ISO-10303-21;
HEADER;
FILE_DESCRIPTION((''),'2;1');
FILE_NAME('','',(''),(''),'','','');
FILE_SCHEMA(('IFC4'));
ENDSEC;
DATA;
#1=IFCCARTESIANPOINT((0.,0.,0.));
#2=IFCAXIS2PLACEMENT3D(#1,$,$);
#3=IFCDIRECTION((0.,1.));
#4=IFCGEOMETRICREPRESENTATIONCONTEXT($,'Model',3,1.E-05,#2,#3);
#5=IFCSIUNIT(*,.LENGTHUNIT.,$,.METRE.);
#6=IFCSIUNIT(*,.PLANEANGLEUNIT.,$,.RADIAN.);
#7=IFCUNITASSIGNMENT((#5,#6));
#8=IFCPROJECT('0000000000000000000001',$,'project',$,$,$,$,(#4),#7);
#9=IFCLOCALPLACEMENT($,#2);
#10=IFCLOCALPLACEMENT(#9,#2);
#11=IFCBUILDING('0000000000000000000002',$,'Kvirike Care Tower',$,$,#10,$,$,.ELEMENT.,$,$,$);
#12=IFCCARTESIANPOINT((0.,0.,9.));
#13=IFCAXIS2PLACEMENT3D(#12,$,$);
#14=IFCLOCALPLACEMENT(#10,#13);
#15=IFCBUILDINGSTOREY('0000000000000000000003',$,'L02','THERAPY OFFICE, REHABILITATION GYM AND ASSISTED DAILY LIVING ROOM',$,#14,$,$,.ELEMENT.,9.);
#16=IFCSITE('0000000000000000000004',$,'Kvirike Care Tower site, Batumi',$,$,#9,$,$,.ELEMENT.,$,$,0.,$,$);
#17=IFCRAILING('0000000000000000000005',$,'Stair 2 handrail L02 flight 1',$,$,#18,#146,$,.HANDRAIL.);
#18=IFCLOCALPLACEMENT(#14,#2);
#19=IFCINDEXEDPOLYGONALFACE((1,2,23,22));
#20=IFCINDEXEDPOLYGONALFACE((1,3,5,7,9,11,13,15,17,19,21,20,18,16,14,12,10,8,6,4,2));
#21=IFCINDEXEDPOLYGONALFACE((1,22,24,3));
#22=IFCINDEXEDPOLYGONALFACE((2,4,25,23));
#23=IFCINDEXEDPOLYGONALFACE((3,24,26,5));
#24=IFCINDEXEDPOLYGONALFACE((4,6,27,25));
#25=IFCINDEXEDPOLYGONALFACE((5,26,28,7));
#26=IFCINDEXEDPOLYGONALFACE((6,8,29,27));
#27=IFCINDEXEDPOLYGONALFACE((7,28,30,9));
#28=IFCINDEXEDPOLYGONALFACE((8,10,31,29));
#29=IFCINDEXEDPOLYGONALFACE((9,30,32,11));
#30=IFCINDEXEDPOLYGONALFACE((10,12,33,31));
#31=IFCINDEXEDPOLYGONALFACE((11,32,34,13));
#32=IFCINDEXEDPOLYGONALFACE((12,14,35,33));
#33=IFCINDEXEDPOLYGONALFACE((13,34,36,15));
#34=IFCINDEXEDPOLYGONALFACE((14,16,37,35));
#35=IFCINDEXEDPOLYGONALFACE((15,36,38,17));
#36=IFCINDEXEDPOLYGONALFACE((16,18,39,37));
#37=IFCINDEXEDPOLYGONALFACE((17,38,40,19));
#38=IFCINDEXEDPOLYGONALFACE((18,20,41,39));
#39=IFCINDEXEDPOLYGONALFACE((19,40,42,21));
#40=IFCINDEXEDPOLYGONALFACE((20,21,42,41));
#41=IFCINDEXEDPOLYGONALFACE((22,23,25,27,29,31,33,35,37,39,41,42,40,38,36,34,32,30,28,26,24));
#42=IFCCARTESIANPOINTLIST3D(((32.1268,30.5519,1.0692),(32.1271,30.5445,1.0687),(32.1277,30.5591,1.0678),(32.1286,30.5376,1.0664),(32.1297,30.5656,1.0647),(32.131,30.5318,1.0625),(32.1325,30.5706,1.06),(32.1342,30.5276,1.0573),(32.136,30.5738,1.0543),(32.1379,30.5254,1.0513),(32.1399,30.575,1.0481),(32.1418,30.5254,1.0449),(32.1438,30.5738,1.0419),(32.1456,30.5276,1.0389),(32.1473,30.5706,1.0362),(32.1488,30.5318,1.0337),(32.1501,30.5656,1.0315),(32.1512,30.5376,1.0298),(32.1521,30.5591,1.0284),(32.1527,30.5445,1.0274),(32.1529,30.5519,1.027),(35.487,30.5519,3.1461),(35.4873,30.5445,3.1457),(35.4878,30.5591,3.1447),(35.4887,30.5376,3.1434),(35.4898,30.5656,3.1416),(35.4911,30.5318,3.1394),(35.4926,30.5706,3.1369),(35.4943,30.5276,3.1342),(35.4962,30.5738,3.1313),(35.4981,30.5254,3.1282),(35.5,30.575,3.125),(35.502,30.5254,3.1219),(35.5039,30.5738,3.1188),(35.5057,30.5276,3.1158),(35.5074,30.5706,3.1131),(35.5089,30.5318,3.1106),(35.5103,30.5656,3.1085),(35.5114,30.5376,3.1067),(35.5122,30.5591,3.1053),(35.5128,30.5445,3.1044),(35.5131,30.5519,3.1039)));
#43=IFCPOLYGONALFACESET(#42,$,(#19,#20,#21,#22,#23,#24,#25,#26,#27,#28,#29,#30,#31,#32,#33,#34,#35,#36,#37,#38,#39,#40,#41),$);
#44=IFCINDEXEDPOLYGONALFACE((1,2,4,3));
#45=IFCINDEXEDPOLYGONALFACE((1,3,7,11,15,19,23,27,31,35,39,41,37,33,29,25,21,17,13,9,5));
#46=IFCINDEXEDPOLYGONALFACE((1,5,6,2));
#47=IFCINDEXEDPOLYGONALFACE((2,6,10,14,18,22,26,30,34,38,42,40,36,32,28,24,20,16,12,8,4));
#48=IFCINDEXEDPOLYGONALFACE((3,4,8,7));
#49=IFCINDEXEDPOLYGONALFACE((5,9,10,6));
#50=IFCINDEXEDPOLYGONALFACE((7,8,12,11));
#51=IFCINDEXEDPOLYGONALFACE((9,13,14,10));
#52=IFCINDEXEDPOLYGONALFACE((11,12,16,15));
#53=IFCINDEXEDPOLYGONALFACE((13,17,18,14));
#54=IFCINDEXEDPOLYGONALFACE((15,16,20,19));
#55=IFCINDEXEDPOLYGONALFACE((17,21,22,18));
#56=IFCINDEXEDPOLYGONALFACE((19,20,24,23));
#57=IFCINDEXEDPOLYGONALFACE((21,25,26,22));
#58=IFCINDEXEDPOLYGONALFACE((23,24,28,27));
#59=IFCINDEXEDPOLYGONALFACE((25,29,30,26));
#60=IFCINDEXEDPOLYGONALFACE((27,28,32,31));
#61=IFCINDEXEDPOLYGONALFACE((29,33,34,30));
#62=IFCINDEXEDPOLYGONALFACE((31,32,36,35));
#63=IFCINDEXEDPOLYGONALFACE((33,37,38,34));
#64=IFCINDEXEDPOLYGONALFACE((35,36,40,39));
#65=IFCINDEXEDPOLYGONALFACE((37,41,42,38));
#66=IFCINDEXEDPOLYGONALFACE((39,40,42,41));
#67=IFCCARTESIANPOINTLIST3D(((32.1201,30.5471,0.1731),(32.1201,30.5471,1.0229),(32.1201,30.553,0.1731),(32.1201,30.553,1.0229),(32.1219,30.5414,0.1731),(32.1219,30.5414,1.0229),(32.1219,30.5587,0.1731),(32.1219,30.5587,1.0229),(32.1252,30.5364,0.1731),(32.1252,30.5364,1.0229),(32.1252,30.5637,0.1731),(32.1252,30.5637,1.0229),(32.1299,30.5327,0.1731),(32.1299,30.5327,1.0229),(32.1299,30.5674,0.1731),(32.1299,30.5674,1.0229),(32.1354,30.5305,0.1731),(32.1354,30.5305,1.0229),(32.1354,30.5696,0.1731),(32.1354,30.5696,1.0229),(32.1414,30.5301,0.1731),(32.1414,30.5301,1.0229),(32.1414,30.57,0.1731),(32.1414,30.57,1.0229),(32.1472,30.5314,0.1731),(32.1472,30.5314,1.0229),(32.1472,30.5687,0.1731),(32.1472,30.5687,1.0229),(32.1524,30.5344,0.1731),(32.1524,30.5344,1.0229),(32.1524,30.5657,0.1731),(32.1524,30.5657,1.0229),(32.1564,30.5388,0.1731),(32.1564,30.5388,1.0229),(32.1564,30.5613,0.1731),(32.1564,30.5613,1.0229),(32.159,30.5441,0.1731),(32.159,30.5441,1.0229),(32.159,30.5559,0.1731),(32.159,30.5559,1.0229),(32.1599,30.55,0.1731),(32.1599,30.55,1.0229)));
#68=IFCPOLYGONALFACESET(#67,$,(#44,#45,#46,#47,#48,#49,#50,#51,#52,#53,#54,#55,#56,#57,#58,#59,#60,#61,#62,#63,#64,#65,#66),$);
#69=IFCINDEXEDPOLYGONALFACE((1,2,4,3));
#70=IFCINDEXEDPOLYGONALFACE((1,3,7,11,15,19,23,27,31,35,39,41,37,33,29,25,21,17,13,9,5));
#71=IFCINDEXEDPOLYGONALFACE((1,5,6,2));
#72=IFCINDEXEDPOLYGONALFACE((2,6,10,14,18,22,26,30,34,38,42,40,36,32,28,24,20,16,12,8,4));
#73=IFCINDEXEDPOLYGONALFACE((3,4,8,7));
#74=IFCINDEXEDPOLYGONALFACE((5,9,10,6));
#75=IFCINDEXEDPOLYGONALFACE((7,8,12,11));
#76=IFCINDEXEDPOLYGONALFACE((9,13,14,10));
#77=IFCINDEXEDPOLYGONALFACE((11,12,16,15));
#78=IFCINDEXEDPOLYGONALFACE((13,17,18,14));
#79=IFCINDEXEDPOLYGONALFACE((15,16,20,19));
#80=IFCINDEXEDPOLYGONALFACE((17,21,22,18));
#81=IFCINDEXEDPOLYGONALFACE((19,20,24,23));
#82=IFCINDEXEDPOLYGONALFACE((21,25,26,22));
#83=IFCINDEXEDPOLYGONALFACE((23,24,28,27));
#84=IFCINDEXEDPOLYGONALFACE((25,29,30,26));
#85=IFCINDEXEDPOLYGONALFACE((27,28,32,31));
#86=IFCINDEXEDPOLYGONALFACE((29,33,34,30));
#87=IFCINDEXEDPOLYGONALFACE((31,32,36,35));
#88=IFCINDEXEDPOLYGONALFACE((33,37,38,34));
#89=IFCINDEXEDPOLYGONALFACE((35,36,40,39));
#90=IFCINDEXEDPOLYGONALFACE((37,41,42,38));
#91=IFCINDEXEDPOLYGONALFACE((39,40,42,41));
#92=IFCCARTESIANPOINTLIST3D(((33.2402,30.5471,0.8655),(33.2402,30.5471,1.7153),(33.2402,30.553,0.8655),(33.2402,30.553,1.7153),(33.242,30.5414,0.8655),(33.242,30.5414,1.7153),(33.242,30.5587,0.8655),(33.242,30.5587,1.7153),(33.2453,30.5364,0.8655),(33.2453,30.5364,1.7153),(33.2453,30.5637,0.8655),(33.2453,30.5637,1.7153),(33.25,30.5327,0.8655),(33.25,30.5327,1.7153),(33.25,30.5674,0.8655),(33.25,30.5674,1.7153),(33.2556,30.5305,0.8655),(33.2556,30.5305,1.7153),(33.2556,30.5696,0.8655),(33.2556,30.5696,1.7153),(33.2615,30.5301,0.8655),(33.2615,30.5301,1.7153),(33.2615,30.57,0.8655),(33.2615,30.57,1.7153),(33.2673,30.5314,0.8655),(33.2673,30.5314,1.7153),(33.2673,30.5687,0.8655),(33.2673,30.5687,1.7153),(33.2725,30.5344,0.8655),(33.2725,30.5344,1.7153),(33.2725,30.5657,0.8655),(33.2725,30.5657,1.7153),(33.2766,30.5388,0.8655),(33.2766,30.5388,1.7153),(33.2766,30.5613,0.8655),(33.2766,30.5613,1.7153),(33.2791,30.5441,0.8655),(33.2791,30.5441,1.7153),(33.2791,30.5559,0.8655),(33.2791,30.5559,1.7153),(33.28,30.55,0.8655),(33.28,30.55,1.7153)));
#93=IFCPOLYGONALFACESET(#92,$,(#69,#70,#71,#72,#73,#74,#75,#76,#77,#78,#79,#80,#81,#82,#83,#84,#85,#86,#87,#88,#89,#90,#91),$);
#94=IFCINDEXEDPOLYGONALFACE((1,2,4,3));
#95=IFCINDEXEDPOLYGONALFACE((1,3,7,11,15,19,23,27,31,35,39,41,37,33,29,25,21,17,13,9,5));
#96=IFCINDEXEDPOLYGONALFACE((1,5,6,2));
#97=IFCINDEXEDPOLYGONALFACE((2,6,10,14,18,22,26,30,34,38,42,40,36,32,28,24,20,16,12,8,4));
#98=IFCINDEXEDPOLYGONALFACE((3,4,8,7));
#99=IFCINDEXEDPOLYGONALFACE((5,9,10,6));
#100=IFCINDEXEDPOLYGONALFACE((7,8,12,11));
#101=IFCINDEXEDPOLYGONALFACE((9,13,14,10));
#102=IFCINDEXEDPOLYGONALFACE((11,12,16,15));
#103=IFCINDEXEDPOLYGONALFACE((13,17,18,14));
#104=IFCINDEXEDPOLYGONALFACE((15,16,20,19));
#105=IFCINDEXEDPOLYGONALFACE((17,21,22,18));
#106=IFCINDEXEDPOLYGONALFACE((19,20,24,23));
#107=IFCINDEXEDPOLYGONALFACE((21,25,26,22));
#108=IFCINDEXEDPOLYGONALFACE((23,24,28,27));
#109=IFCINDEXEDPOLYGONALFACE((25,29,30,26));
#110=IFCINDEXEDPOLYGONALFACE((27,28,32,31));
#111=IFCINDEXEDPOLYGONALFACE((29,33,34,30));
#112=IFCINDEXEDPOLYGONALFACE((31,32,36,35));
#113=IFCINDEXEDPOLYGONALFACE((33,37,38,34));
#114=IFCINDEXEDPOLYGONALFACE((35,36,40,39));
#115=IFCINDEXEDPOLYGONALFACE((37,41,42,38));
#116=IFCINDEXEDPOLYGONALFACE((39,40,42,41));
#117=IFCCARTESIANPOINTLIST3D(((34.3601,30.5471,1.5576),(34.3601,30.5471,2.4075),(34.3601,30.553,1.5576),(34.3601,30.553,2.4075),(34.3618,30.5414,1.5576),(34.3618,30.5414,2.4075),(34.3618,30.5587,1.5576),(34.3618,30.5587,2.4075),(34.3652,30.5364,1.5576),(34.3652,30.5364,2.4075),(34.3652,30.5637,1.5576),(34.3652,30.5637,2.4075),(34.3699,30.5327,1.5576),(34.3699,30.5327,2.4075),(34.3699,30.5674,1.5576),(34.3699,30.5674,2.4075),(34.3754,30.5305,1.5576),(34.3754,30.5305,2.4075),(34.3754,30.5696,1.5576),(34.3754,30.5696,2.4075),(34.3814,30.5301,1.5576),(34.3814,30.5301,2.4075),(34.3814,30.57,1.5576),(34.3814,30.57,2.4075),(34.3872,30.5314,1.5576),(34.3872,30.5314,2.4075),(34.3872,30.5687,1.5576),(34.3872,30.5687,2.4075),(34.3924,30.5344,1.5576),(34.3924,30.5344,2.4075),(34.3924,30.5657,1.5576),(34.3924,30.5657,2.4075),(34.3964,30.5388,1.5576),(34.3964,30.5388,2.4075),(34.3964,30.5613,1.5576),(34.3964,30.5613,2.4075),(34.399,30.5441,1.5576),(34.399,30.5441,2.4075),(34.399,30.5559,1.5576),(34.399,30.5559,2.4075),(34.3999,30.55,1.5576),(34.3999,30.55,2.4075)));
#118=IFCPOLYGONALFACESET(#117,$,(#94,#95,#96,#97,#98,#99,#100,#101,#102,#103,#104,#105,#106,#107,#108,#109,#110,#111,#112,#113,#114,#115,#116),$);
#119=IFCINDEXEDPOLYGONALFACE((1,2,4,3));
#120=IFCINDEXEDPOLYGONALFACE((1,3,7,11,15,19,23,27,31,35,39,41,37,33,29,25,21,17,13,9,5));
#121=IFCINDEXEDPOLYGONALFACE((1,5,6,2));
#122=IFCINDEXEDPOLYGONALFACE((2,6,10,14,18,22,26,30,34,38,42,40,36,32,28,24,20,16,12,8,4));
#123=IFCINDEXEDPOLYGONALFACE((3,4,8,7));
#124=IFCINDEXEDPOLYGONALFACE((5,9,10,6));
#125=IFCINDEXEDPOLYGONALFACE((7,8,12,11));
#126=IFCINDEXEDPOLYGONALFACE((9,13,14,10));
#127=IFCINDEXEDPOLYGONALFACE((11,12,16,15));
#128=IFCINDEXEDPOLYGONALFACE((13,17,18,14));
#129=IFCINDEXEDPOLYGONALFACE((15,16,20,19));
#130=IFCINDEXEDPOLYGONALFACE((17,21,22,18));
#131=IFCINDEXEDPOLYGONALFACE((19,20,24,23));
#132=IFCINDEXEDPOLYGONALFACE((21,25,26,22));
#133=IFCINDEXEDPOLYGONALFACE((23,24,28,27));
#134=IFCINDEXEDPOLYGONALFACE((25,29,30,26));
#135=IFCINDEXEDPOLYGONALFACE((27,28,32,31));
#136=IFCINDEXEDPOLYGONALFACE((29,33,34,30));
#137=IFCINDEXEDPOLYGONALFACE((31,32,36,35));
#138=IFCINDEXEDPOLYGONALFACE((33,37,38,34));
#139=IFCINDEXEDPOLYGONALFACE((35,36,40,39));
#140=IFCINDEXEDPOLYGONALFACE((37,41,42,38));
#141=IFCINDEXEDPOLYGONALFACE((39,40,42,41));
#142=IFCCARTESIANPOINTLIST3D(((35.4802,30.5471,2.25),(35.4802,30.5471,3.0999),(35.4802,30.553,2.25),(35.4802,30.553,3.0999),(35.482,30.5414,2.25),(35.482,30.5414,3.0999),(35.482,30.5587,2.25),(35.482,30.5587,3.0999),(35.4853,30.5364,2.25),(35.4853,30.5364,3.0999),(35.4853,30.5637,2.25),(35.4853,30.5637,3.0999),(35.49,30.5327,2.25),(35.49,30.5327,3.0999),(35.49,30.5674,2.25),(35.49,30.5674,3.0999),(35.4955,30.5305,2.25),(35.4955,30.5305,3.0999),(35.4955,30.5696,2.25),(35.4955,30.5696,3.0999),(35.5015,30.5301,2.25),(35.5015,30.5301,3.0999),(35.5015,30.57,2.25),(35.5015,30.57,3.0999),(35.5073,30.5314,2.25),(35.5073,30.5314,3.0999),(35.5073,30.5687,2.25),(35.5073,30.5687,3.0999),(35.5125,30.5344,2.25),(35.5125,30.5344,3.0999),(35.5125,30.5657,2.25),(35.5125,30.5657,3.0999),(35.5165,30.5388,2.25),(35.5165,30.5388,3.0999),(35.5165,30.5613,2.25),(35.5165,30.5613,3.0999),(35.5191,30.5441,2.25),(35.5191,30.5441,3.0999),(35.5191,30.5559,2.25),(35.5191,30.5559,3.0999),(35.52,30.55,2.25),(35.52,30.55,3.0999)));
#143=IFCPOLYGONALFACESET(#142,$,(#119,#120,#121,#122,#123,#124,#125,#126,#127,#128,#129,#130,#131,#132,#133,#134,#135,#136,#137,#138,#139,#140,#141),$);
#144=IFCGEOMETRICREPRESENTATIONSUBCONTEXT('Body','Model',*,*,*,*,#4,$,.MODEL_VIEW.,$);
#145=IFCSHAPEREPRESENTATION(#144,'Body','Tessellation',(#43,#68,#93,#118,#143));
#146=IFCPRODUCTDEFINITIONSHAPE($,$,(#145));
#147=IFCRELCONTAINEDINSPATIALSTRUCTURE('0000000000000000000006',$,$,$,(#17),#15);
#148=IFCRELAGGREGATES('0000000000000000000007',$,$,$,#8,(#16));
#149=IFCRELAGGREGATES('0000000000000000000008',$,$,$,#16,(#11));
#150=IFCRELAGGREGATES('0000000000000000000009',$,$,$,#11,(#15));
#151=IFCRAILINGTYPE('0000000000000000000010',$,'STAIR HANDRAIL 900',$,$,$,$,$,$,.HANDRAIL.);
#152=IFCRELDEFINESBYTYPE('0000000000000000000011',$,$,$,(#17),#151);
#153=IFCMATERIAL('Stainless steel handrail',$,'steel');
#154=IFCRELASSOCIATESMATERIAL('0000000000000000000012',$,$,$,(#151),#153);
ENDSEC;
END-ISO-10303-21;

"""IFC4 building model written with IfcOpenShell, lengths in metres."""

from ifc_helpers import new_model, si_unit, direction, frame, origin, origin_2d, place, context, subcontext, project, spatial, circle, extrude, material, type_object, element, save


model = new_model("IFC4")

# Units and contexts
model_context = context("Model", 3, precision=1e-05, world=origin(), true_north=direction((0.0, 1.0)))
body_context = subcontext(model_context, "Body", "Model", "MODEL_VIEW")
ifc_project = project(units=[si_unit("LENGTHUNIT", "METRE"), si_unit("PLANEANGLEUNIT", "RADIAN")], contexts=[model_context])

# Site, building, storey
site_placement = place(None, origin())
site = spatial("IfcSite", under=ifc_project, at=site_placement, Name="Kvirike Care Tower site, Batumi", CompositionType="ELEMENT", RefElevation=0.0)
building_placement = place(site_placement, origin())
building = spatial("IfcBuilding", under=site, at=building_placement, Name="Kvirike Care Tower", CompositionType="ELEMENT")
storey_placement = place(building_placement, frame((0.0, 0.0, 9.0)))
storey = spatial("IfcBuildingStorey", under=building, at=storey_placement, Name="L02", Description="THERAPY OFFICE, REHABILITATION GYM AND ASSISTED DAILY LIVING ROOM", CompositionType="ELEMENT", Elevation=9.0)

# Railing
ifc_material_1 = material(Name="Stainless steel handrail", Category="steel")
railing_type = type_object("IfcRailingType", Name="STAIR HANDRAIL 900", PredefinedType="HANDRAIL", material=ifc_material_1)
railing_1_placement = place(storey_placement, frame((32.1399, 30.55, 0.1731)))
element("IfcRailing", 1, at=railing_1_placement, inside=storey, type_object=railing_type, Name="Stair 2 handrail L02 flight 1", PredefinedType="HANDRAIL", context=body_context, shape_type="SweptSolid", body=[
    extrude(circle(Radius=0.0249, at=origin_2d()), frame((0.0, 0.0, 0.875), z_axis=(0.850623, 0.0, 0.525776), x_axis=(0.0, 1.0, 0.0)), (0.0, 0.0, 1.0), 3.9502),
    extrude(circle(Radius=0.02, at=origin_2d()), origin(), (0.0, 0.0, 1.0), 0.8499),
    extrude(circle(Radius=0.02, at=origin_2d()), frame((1.1201, 0.0, 0.6924)), (0.0, 0.0, 1.0), 0.8499),
    extrude(circle(Radius=0.02, at=origin_2d()), frame((2.24, 0.0, 1.3845)), (0.0, 0.0, 1.0), 0.8499),
    extrude(circle(Radius=0.02, at=origin_2d()), frame((3.3601, 0.0, 2.0769)), (0.0, 0.0, 1.0), 0.8499),
])

save(model, "model.ifc")
